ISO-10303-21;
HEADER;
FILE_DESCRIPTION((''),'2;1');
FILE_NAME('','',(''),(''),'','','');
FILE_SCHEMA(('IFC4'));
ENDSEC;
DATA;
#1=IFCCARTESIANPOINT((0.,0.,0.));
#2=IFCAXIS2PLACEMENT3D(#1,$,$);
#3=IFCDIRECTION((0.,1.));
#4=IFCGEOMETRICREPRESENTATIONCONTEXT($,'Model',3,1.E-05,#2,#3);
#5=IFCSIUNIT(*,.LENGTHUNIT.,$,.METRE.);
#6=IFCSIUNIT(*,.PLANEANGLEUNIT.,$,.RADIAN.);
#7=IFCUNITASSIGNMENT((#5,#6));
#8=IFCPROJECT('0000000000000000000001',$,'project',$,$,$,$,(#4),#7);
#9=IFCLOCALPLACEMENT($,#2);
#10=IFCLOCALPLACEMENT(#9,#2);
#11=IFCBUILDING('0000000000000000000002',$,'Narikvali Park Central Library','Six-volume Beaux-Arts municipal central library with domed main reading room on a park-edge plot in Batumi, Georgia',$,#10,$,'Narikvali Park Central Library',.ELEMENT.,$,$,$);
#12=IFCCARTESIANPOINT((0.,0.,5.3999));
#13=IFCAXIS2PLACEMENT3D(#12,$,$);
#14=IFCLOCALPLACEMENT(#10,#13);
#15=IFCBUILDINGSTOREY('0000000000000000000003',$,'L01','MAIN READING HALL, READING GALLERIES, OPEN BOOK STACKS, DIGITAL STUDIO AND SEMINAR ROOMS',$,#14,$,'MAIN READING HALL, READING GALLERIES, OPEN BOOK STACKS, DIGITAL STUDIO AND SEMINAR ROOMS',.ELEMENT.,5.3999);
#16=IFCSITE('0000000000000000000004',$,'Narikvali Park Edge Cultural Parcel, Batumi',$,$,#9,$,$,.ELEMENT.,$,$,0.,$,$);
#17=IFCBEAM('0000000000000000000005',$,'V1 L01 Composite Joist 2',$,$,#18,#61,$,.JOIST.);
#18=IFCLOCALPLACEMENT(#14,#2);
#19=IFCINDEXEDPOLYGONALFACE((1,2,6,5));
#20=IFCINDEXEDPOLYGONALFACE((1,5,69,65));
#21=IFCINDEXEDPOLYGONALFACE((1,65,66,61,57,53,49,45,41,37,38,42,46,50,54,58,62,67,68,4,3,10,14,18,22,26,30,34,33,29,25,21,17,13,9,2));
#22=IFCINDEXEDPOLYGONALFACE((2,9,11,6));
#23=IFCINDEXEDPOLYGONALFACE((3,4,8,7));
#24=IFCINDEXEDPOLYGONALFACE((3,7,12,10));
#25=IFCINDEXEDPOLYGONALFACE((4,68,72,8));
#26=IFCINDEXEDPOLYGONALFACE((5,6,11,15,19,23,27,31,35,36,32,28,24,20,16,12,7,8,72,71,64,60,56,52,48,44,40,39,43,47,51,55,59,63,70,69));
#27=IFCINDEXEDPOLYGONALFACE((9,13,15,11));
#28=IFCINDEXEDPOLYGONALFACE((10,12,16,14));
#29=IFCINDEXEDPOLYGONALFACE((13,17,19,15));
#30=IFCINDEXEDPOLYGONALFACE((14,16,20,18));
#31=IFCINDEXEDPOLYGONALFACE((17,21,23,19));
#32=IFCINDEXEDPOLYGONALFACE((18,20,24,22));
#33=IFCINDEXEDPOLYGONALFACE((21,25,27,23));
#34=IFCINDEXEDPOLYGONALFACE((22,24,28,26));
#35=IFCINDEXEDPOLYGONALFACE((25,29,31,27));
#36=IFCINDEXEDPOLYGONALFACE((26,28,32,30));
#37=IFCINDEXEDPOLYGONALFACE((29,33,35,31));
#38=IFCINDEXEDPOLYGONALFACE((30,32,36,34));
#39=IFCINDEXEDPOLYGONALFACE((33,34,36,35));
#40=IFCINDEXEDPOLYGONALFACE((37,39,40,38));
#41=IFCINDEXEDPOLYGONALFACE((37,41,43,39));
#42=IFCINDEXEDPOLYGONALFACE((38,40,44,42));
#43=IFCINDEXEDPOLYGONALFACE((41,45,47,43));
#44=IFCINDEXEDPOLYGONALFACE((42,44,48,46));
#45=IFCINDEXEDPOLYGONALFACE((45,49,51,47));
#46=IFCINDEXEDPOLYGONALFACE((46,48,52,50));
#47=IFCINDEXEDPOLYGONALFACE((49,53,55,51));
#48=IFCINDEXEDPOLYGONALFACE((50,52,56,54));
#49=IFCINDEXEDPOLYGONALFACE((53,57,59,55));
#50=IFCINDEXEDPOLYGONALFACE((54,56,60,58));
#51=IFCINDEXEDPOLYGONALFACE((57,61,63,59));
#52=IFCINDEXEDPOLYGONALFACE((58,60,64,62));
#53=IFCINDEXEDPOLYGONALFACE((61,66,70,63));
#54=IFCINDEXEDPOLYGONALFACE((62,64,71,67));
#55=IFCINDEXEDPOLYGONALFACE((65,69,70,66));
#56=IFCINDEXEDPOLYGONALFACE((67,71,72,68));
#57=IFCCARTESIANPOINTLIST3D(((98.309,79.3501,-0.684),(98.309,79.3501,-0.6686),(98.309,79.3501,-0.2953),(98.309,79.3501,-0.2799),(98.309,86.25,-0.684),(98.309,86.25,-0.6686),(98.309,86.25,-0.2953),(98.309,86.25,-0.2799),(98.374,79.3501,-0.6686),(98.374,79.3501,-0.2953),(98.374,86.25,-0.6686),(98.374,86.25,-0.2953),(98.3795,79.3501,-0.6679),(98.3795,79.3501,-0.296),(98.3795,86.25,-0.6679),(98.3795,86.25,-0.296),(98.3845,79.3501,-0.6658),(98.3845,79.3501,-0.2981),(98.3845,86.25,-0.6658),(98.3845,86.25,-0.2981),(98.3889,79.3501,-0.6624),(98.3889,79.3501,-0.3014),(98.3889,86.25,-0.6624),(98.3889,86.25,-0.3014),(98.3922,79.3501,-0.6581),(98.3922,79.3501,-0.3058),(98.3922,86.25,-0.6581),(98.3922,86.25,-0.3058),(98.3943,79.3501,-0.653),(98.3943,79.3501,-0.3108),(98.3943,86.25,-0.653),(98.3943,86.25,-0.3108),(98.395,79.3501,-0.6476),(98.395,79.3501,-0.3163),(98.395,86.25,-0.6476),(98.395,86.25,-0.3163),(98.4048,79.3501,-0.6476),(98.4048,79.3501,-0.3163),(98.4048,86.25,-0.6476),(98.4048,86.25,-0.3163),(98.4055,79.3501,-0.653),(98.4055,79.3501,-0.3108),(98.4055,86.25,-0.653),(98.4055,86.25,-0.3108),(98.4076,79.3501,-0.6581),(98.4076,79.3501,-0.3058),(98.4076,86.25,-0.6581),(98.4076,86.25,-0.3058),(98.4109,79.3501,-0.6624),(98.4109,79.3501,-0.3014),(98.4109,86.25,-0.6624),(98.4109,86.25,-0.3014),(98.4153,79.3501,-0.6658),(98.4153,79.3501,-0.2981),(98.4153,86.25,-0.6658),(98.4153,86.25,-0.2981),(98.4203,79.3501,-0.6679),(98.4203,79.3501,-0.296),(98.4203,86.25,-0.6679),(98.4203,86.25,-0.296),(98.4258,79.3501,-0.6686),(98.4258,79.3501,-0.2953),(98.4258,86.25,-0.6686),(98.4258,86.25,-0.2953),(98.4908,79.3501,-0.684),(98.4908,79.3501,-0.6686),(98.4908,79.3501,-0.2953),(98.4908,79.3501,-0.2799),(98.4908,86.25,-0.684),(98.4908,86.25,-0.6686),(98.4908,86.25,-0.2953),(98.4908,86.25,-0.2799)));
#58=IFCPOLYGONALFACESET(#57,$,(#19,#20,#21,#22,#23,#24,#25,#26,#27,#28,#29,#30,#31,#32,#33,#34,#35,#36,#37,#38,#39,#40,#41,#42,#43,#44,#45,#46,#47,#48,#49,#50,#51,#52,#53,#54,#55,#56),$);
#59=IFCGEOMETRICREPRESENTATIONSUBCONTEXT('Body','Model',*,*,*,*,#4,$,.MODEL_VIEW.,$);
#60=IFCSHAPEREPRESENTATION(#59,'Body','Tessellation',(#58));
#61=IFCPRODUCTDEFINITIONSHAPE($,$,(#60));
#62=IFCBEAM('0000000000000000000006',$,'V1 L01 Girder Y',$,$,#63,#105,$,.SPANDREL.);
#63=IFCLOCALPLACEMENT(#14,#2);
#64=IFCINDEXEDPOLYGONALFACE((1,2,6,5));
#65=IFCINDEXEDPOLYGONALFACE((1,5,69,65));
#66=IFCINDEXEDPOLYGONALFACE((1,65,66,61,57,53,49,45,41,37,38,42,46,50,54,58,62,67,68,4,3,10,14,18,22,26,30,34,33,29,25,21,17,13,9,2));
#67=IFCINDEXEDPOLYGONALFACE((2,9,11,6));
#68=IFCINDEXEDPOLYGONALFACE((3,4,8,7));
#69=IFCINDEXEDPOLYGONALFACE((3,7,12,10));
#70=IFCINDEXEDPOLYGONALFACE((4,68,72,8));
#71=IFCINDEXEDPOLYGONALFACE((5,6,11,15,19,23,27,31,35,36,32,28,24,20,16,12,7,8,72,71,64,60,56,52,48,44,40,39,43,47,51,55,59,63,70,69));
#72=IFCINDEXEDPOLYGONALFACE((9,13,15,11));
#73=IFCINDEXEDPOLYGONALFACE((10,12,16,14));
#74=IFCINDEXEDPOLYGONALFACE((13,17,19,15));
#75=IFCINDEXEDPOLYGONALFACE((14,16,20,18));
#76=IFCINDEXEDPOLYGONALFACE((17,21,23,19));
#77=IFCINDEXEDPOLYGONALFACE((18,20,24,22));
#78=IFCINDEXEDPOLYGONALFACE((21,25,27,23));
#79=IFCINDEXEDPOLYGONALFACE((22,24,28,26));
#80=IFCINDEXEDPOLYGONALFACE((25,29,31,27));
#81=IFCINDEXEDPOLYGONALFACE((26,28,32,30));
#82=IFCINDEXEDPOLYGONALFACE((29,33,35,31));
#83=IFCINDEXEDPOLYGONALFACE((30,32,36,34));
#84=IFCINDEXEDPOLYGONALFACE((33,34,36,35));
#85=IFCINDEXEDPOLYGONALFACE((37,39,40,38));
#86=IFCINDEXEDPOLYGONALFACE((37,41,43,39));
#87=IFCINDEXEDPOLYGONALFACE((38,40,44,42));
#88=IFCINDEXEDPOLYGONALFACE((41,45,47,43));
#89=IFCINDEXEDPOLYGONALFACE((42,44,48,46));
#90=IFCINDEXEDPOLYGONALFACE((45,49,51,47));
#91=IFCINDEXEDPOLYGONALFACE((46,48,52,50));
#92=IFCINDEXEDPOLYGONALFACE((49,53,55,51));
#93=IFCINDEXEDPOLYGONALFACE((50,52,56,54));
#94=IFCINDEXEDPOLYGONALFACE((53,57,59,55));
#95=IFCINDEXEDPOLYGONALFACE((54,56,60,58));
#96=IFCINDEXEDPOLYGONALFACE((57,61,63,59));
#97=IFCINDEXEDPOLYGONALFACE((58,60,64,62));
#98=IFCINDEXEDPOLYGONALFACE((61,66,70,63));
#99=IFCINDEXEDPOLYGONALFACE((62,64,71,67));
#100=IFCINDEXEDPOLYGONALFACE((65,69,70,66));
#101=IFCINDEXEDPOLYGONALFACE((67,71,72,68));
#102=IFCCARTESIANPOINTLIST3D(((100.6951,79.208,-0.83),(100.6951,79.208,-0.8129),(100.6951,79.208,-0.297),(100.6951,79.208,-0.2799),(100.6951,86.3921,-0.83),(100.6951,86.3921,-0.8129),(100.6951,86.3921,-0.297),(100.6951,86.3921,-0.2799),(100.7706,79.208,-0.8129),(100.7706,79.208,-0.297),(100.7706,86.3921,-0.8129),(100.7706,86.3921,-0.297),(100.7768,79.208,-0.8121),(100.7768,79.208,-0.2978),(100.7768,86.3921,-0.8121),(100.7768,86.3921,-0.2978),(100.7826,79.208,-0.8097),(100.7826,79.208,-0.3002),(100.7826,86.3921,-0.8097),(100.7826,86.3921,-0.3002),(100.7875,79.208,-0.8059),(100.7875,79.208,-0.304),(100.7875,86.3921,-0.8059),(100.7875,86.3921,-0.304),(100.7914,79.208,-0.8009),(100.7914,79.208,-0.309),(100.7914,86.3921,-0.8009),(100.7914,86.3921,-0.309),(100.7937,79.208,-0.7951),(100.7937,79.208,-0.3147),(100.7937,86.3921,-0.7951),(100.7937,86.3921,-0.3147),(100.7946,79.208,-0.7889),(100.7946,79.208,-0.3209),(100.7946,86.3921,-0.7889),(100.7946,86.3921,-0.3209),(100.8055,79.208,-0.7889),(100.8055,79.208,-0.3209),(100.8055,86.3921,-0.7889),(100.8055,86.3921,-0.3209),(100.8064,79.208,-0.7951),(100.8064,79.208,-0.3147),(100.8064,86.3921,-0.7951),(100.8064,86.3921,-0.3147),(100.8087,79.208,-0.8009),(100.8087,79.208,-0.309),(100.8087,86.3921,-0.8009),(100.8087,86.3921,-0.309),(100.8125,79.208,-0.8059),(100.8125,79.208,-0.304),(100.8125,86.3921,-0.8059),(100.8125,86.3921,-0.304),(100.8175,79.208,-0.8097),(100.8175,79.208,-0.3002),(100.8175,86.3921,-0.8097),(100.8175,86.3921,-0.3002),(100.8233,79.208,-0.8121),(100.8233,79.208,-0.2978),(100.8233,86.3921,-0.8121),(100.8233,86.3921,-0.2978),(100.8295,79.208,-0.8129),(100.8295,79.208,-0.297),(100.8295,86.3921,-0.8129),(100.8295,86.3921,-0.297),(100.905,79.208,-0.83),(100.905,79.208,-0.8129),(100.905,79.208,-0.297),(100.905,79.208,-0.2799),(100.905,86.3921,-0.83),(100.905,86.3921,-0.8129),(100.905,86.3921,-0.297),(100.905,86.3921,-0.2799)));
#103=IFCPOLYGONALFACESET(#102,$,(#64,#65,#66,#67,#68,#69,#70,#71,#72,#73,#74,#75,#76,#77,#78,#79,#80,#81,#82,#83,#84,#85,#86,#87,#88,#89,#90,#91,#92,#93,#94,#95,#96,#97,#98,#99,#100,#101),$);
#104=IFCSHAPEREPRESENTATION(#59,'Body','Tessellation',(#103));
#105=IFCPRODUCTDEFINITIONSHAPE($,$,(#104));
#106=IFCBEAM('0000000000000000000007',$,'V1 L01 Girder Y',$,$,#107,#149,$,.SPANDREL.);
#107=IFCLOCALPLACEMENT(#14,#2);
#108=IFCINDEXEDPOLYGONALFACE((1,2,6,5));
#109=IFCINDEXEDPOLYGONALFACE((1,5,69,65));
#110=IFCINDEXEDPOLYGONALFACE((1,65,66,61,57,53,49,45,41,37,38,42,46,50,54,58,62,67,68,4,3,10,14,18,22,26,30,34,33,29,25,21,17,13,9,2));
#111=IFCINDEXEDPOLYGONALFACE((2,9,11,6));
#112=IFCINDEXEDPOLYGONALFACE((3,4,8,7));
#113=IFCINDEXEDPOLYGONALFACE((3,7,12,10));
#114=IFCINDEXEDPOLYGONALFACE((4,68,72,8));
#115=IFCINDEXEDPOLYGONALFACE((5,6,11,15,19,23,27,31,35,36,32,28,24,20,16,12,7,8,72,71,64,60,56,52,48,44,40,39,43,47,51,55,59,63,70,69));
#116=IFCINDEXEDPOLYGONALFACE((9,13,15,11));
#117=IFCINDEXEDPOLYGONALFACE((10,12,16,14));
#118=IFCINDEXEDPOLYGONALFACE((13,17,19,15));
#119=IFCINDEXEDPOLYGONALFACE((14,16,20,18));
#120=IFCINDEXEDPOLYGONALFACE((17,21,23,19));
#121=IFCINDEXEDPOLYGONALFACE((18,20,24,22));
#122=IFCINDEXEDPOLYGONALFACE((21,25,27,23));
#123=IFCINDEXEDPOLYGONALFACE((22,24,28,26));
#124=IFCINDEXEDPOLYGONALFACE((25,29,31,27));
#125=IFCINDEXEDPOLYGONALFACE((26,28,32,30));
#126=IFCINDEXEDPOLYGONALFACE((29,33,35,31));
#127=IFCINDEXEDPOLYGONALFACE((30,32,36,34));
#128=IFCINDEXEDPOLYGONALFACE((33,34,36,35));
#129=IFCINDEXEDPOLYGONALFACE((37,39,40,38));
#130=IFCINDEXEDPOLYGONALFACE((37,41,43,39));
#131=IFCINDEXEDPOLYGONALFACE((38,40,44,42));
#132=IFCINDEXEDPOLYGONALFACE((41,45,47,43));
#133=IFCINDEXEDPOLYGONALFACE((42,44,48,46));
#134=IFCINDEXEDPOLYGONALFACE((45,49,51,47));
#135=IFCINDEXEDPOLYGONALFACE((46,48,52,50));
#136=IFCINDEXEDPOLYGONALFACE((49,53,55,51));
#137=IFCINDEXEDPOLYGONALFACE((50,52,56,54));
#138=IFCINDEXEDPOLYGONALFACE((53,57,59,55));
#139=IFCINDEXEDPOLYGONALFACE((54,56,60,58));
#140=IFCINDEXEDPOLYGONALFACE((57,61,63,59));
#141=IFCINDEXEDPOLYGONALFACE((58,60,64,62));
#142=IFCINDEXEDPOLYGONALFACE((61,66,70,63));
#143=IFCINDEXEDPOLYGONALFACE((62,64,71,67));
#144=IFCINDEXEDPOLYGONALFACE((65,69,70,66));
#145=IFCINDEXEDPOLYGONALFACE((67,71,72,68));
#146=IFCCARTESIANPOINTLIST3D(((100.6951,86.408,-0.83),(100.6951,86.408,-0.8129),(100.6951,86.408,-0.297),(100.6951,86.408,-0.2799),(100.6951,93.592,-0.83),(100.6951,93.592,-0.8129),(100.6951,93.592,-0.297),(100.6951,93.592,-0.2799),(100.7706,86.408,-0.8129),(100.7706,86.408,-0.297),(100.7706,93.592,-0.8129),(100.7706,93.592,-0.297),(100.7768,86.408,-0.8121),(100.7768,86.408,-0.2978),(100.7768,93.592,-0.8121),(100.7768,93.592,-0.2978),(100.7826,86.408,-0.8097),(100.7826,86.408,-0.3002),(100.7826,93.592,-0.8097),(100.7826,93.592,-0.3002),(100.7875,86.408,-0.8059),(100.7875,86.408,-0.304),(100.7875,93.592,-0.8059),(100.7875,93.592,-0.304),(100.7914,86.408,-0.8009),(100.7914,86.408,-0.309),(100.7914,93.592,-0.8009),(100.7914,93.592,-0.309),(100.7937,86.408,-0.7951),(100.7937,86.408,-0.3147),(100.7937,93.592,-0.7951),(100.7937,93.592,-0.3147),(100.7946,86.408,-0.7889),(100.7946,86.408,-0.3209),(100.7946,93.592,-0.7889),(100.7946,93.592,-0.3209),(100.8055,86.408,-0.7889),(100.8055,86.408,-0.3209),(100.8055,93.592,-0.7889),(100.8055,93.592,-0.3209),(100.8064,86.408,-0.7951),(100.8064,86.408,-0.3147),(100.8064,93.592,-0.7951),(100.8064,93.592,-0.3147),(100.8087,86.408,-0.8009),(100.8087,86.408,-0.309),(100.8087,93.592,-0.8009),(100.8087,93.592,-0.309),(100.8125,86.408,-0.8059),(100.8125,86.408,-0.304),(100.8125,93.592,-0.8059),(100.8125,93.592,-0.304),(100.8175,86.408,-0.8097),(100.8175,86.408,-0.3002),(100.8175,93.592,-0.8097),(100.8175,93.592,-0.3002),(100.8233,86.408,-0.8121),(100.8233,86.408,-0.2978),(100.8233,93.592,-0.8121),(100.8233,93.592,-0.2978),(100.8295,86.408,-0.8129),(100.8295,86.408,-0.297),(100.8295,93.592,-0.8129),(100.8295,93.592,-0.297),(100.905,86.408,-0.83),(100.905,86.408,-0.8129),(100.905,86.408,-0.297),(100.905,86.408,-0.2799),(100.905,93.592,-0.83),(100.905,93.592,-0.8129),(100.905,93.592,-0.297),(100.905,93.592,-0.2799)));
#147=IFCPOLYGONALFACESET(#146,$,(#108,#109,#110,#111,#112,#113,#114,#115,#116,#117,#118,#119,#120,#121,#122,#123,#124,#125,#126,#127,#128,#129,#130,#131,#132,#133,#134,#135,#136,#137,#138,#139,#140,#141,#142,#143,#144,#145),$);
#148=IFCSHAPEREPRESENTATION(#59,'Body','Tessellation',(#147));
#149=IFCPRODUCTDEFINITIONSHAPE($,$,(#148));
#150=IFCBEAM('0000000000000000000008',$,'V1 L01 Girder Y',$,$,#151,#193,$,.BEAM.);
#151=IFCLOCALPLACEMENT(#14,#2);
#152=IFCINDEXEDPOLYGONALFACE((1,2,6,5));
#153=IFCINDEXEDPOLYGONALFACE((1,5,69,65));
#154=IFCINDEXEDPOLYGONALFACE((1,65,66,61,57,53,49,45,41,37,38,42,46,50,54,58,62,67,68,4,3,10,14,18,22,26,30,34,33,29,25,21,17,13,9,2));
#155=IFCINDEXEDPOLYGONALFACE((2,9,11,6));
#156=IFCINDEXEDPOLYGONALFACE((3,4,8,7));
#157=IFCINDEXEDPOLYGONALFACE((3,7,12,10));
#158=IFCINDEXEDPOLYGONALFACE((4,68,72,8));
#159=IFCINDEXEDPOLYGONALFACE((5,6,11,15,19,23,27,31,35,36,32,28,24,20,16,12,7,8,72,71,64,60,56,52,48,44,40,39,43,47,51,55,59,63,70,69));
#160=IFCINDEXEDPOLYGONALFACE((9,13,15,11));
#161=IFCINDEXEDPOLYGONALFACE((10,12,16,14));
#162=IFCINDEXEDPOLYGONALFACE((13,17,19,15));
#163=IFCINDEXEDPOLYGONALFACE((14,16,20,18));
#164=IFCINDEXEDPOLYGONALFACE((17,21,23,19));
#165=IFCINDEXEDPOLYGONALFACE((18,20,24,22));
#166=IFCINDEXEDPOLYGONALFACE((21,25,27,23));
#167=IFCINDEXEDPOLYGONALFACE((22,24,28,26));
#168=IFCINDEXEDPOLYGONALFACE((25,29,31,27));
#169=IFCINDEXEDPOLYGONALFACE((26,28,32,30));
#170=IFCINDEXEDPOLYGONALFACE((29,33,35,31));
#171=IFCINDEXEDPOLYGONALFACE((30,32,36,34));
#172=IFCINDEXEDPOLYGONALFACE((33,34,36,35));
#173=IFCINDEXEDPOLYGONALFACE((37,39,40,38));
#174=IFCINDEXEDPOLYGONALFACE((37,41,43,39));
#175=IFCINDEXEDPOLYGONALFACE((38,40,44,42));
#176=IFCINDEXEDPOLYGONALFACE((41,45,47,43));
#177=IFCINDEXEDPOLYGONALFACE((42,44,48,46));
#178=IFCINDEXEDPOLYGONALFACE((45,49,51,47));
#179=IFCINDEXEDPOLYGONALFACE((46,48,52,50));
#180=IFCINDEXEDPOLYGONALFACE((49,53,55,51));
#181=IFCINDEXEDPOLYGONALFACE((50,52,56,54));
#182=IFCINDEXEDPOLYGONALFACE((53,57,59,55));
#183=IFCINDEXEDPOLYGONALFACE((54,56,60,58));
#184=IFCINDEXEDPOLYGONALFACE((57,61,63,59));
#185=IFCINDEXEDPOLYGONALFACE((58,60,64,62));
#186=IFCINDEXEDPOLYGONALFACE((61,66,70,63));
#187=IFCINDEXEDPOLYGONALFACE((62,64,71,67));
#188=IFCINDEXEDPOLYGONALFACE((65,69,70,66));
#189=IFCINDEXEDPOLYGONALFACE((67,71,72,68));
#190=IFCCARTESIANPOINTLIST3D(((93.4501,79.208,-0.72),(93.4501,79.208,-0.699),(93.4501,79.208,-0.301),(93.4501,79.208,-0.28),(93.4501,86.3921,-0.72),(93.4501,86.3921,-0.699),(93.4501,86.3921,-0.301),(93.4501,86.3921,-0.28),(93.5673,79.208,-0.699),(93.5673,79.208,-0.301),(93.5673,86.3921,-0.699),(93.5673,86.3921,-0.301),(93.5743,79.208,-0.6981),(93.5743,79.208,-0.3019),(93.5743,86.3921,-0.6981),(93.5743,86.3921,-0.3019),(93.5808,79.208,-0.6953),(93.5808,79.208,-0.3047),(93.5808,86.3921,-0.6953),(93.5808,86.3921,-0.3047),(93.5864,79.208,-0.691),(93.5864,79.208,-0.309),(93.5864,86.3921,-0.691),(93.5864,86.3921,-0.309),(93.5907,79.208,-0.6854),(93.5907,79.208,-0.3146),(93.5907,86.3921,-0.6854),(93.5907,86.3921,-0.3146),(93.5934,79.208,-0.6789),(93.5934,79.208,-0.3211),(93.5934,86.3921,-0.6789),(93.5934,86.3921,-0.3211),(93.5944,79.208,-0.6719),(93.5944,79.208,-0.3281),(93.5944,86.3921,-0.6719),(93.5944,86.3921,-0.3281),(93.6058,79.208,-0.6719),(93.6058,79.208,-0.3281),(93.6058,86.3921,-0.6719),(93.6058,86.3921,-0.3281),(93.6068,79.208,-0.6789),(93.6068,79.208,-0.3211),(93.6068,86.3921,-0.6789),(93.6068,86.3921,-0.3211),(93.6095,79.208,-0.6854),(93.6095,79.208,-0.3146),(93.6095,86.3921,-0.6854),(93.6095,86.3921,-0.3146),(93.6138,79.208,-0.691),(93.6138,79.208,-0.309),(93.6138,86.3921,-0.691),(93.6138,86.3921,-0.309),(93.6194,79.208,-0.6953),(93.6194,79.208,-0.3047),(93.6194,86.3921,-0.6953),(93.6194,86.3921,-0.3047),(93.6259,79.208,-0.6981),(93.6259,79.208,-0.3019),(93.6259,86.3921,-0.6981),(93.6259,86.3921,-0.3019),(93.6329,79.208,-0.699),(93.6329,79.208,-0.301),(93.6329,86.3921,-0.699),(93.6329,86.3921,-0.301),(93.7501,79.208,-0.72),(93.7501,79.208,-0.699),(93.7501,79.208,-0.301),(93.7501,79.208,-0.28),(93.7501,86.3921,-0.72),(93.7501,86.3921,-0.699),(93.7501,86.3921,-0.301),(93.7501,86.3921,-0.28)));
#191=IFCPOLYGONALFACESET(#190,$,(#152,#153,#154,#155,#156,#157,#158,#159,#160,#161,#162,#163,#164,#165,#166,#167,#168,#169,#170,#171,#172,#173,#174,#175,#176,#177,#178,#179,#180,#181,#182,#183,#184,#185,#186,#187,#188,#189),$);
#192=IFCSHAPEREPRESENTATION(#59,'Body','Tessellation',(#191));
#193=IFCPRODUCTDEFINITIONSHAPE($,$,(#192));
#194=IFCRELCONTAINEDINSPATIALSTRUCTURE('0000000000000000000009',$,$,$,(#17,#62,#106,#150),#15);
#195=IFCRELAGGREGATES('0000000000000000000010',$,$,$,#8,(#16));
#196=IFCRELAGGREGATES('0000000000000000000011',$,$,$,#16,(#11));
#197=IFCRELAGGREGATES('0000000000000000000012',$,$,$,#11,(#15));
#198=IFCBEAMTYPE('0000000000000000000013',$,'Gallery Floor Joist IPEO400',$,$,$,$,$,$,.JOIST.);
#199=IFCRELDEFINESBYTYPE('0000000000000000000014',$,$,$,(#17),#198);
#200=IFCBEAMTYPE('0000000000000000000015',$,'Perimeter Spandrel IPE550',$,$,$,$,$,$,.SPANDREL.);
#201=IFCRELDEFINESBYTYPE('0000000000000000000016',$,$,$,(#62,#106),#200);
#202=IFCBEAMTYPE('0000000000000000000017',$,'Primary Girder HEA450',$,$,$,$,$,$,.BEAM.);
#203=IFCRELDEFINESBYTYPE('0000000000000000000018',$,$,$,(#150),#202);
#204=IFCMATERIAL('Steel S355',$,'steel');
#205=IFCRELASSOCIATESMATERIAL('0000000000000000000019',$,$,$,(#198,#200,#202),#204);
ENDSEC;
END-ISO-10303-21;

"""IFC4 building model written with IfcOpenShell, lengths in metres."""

from ifc_helpers import new_model, si_unit, direction, frame, origin, origin_2d, place, context, subcontext, project, spatial, i_section, extrude, material, material_profile, profile_set, type_object, element, save


model = new_model("IFC4")

# Units and contexts
model_context = context("Model", 3, precision=1e-05, world=origin(), true_north=direction((0.0, 1.0)))
body_context = subcontext(model_context, "Body", "Model", "MODEL_VIEW")
ifc_project = project(units=[si_unit("LENGTHUNIT", "METRE"), si_unit("PLANEANGLEUNIT", "RADIAN")], contexts=[model_context])

# Site, building, storey
site_placement = place(None, origin())
site = spatial("IfcSite", under=ifc_project, at=site_placement, Name="Narikvali Park Edge Cultural Parcel, Batumi", CompositionType="ELEMENT", RefElevation=0.0)
building_placement = place(site_placement, origin())
building = spatial("IfcBuilding", under=site, at=building_placement, Name="Narikvali Park Central Library", Description="Six-volume Beaux-Arts municipal central library with domed main reading room on a park-edge plot in Batumi, Georgia", LongName="Narikvali Park Central Library", CompositionType="ELEMENT")
storey_placement = place(building_placement, frame((0.0, 0.0, 5.3999)))
storey = spatial("IfcBuildingStorey", under=building, at=storey_placement, Name="L01", Description="MAIN READING HALL, READING GALLERIES, OPEN BOOK STACKS, DIGITAL STUDIO AND SEMINAR ROOMS", LongName="MAIN READING HALL, READING GALLERIES, OPEN BOOK STACKS, DIGITAL STUDIO AND SEMINAR ROOMS", CompositionType="ELEMENT", Elevation=5.3999)

# Shared definitions
ifc_material_1 = material(Name="Steel S355", Category="steel")

# Beams
ifc_material_profile_1 = material_profile(ifc_material_1, i_section(OverallWidth=0.1819, OverallDepth=0.4041, WebThickness=0.0098, FlangeThickness=0.0154, FilletRadius=0.021, at=origin_2d()), Name="IPEO 400")
ifc_profile_set_1 = profile_set([ifc_material_profile_1], Name="Steel S355")
beam_type_1 = type_object("IfcBeamType", Name="Gallery Floor Joist IPEO400", PredefinedType="JOIST", material=ifc_profile_set_1)
for number, where, z_axis, x_axis, name in (
    (1, (98.3999, 79.3501, -0.4819), (0.0, 1.0, 0.0), (-1.0, 0.0, 0.0), "V1 L01 Composite Joist 2"),
):
    element("IfcBeam", number, at=place(storey_placement, frame(where, z_axis=z_axis, x_axis=x_axis)), inside=storey, type_object=beam_type_1, Name=name, PredefinedType="JOIST", context=body_context, shape_type="SweptSolid", body=[
        extrude(i_section(OverallWidth=0.1819, OverallDepth=0.4041, WebThickness=0.0098, FlangeThickness=0.0154, FilletRadius=0.021, at=origin_2d()), origin(), (0.0, 0.0, 1.0), 6.8999),
    ])
ifc_material_profile_2 = material_profile(ifc_material_1, i_section(OverallWidth=0.21, OverallDepth=0.55, WebThickness=0.011, FlangeThickness=0.0171, FilletRadius=0.0239, at=origin_2d()), Name="IPE 550")
ifc_profile_set_2 = profile_set([ifc_material_profile_2], Name="Steel S355")
beam_type_2 = type_object("IfcBeamType", Name="Perimeter Spandrel IPE550", PredefinedType="SPANDREL", material=ifc_profile_set_2)
for number, where, z_axis, x_axis, name in (
    (2, (100.8, 79.208, -0.5549), (0.0, 1.0, 0.0), (-1.0, 0.0, 0.0), "V1 L01 Girder Y"),
    (3, (100.8, 86.408, -0.5549), (0.0, 1.0, 0.0), (-1.0, 0.0, 0.0), "V1 L01 Girder Y"),
):
    element("IfcBeam", number, at=place(storey_placement, frame(where, z_axis=z_axis, x_axis=x_axis)), inside=storey, type_object=beam_type_2, Name=name, PredefinedType="SPANDREL", context=body_context, shape_type="SweptSolid", body=[
        extrude(i_section(OverallWidth=0.21, OverallDepth=0.55, WebThickness=0.011, FlangeThickness=0.0171, FilletRadius=0.0239, at=origin_2d()), origin(), (0.0, 0.0, 1.0), 7.1841),
    ])
ifc_material_profile_3 = material_profile(ifc_material_1, i_section(OverallWidth=0.3, OverallDepth=0.4399, WebThickness=0.0115, FlangeThickness=0.021, FilletRadius=0.0271, at=origin_2d()), Name="HEA 450")
ifc_profile_set_3 = profile_set([ifc_material_profile_3], Name="Steel S355")
beam_type_3 = type_object("IfcBeamType", Name="Primary Girder HEA450", PredefinedType="BEAM", material=ifc_profile_set_3)
for number, where, z_axis, x_axis, name in (
    (4, (93.6001, 79.208, -0.5), (0.0, 1.0, 0.0), (-1.0, 0.0, 0.0), "V1 L01 Girder Y"),
):
    element("IfcBeam", number, at=place(storey_placement, frame(where, z_axis=z_axis, x_axis=x_axis)), inside=storey, type_object=beam_type_3, Name=name, PredefinedType="BEAM", context=body_context, shape_type="SweptSolid", body=[
        extrude(i_section(OverallWidth=0.3, OverallDepth=0.4399, WebThickness=0.0115, FlangeThickness=0.021, FilletRadius=0.0271, at=origin_2d()), origin(), (0.0, 0.0, 1.0), 7.1841),
    ])

save(model, "model.ifc")
